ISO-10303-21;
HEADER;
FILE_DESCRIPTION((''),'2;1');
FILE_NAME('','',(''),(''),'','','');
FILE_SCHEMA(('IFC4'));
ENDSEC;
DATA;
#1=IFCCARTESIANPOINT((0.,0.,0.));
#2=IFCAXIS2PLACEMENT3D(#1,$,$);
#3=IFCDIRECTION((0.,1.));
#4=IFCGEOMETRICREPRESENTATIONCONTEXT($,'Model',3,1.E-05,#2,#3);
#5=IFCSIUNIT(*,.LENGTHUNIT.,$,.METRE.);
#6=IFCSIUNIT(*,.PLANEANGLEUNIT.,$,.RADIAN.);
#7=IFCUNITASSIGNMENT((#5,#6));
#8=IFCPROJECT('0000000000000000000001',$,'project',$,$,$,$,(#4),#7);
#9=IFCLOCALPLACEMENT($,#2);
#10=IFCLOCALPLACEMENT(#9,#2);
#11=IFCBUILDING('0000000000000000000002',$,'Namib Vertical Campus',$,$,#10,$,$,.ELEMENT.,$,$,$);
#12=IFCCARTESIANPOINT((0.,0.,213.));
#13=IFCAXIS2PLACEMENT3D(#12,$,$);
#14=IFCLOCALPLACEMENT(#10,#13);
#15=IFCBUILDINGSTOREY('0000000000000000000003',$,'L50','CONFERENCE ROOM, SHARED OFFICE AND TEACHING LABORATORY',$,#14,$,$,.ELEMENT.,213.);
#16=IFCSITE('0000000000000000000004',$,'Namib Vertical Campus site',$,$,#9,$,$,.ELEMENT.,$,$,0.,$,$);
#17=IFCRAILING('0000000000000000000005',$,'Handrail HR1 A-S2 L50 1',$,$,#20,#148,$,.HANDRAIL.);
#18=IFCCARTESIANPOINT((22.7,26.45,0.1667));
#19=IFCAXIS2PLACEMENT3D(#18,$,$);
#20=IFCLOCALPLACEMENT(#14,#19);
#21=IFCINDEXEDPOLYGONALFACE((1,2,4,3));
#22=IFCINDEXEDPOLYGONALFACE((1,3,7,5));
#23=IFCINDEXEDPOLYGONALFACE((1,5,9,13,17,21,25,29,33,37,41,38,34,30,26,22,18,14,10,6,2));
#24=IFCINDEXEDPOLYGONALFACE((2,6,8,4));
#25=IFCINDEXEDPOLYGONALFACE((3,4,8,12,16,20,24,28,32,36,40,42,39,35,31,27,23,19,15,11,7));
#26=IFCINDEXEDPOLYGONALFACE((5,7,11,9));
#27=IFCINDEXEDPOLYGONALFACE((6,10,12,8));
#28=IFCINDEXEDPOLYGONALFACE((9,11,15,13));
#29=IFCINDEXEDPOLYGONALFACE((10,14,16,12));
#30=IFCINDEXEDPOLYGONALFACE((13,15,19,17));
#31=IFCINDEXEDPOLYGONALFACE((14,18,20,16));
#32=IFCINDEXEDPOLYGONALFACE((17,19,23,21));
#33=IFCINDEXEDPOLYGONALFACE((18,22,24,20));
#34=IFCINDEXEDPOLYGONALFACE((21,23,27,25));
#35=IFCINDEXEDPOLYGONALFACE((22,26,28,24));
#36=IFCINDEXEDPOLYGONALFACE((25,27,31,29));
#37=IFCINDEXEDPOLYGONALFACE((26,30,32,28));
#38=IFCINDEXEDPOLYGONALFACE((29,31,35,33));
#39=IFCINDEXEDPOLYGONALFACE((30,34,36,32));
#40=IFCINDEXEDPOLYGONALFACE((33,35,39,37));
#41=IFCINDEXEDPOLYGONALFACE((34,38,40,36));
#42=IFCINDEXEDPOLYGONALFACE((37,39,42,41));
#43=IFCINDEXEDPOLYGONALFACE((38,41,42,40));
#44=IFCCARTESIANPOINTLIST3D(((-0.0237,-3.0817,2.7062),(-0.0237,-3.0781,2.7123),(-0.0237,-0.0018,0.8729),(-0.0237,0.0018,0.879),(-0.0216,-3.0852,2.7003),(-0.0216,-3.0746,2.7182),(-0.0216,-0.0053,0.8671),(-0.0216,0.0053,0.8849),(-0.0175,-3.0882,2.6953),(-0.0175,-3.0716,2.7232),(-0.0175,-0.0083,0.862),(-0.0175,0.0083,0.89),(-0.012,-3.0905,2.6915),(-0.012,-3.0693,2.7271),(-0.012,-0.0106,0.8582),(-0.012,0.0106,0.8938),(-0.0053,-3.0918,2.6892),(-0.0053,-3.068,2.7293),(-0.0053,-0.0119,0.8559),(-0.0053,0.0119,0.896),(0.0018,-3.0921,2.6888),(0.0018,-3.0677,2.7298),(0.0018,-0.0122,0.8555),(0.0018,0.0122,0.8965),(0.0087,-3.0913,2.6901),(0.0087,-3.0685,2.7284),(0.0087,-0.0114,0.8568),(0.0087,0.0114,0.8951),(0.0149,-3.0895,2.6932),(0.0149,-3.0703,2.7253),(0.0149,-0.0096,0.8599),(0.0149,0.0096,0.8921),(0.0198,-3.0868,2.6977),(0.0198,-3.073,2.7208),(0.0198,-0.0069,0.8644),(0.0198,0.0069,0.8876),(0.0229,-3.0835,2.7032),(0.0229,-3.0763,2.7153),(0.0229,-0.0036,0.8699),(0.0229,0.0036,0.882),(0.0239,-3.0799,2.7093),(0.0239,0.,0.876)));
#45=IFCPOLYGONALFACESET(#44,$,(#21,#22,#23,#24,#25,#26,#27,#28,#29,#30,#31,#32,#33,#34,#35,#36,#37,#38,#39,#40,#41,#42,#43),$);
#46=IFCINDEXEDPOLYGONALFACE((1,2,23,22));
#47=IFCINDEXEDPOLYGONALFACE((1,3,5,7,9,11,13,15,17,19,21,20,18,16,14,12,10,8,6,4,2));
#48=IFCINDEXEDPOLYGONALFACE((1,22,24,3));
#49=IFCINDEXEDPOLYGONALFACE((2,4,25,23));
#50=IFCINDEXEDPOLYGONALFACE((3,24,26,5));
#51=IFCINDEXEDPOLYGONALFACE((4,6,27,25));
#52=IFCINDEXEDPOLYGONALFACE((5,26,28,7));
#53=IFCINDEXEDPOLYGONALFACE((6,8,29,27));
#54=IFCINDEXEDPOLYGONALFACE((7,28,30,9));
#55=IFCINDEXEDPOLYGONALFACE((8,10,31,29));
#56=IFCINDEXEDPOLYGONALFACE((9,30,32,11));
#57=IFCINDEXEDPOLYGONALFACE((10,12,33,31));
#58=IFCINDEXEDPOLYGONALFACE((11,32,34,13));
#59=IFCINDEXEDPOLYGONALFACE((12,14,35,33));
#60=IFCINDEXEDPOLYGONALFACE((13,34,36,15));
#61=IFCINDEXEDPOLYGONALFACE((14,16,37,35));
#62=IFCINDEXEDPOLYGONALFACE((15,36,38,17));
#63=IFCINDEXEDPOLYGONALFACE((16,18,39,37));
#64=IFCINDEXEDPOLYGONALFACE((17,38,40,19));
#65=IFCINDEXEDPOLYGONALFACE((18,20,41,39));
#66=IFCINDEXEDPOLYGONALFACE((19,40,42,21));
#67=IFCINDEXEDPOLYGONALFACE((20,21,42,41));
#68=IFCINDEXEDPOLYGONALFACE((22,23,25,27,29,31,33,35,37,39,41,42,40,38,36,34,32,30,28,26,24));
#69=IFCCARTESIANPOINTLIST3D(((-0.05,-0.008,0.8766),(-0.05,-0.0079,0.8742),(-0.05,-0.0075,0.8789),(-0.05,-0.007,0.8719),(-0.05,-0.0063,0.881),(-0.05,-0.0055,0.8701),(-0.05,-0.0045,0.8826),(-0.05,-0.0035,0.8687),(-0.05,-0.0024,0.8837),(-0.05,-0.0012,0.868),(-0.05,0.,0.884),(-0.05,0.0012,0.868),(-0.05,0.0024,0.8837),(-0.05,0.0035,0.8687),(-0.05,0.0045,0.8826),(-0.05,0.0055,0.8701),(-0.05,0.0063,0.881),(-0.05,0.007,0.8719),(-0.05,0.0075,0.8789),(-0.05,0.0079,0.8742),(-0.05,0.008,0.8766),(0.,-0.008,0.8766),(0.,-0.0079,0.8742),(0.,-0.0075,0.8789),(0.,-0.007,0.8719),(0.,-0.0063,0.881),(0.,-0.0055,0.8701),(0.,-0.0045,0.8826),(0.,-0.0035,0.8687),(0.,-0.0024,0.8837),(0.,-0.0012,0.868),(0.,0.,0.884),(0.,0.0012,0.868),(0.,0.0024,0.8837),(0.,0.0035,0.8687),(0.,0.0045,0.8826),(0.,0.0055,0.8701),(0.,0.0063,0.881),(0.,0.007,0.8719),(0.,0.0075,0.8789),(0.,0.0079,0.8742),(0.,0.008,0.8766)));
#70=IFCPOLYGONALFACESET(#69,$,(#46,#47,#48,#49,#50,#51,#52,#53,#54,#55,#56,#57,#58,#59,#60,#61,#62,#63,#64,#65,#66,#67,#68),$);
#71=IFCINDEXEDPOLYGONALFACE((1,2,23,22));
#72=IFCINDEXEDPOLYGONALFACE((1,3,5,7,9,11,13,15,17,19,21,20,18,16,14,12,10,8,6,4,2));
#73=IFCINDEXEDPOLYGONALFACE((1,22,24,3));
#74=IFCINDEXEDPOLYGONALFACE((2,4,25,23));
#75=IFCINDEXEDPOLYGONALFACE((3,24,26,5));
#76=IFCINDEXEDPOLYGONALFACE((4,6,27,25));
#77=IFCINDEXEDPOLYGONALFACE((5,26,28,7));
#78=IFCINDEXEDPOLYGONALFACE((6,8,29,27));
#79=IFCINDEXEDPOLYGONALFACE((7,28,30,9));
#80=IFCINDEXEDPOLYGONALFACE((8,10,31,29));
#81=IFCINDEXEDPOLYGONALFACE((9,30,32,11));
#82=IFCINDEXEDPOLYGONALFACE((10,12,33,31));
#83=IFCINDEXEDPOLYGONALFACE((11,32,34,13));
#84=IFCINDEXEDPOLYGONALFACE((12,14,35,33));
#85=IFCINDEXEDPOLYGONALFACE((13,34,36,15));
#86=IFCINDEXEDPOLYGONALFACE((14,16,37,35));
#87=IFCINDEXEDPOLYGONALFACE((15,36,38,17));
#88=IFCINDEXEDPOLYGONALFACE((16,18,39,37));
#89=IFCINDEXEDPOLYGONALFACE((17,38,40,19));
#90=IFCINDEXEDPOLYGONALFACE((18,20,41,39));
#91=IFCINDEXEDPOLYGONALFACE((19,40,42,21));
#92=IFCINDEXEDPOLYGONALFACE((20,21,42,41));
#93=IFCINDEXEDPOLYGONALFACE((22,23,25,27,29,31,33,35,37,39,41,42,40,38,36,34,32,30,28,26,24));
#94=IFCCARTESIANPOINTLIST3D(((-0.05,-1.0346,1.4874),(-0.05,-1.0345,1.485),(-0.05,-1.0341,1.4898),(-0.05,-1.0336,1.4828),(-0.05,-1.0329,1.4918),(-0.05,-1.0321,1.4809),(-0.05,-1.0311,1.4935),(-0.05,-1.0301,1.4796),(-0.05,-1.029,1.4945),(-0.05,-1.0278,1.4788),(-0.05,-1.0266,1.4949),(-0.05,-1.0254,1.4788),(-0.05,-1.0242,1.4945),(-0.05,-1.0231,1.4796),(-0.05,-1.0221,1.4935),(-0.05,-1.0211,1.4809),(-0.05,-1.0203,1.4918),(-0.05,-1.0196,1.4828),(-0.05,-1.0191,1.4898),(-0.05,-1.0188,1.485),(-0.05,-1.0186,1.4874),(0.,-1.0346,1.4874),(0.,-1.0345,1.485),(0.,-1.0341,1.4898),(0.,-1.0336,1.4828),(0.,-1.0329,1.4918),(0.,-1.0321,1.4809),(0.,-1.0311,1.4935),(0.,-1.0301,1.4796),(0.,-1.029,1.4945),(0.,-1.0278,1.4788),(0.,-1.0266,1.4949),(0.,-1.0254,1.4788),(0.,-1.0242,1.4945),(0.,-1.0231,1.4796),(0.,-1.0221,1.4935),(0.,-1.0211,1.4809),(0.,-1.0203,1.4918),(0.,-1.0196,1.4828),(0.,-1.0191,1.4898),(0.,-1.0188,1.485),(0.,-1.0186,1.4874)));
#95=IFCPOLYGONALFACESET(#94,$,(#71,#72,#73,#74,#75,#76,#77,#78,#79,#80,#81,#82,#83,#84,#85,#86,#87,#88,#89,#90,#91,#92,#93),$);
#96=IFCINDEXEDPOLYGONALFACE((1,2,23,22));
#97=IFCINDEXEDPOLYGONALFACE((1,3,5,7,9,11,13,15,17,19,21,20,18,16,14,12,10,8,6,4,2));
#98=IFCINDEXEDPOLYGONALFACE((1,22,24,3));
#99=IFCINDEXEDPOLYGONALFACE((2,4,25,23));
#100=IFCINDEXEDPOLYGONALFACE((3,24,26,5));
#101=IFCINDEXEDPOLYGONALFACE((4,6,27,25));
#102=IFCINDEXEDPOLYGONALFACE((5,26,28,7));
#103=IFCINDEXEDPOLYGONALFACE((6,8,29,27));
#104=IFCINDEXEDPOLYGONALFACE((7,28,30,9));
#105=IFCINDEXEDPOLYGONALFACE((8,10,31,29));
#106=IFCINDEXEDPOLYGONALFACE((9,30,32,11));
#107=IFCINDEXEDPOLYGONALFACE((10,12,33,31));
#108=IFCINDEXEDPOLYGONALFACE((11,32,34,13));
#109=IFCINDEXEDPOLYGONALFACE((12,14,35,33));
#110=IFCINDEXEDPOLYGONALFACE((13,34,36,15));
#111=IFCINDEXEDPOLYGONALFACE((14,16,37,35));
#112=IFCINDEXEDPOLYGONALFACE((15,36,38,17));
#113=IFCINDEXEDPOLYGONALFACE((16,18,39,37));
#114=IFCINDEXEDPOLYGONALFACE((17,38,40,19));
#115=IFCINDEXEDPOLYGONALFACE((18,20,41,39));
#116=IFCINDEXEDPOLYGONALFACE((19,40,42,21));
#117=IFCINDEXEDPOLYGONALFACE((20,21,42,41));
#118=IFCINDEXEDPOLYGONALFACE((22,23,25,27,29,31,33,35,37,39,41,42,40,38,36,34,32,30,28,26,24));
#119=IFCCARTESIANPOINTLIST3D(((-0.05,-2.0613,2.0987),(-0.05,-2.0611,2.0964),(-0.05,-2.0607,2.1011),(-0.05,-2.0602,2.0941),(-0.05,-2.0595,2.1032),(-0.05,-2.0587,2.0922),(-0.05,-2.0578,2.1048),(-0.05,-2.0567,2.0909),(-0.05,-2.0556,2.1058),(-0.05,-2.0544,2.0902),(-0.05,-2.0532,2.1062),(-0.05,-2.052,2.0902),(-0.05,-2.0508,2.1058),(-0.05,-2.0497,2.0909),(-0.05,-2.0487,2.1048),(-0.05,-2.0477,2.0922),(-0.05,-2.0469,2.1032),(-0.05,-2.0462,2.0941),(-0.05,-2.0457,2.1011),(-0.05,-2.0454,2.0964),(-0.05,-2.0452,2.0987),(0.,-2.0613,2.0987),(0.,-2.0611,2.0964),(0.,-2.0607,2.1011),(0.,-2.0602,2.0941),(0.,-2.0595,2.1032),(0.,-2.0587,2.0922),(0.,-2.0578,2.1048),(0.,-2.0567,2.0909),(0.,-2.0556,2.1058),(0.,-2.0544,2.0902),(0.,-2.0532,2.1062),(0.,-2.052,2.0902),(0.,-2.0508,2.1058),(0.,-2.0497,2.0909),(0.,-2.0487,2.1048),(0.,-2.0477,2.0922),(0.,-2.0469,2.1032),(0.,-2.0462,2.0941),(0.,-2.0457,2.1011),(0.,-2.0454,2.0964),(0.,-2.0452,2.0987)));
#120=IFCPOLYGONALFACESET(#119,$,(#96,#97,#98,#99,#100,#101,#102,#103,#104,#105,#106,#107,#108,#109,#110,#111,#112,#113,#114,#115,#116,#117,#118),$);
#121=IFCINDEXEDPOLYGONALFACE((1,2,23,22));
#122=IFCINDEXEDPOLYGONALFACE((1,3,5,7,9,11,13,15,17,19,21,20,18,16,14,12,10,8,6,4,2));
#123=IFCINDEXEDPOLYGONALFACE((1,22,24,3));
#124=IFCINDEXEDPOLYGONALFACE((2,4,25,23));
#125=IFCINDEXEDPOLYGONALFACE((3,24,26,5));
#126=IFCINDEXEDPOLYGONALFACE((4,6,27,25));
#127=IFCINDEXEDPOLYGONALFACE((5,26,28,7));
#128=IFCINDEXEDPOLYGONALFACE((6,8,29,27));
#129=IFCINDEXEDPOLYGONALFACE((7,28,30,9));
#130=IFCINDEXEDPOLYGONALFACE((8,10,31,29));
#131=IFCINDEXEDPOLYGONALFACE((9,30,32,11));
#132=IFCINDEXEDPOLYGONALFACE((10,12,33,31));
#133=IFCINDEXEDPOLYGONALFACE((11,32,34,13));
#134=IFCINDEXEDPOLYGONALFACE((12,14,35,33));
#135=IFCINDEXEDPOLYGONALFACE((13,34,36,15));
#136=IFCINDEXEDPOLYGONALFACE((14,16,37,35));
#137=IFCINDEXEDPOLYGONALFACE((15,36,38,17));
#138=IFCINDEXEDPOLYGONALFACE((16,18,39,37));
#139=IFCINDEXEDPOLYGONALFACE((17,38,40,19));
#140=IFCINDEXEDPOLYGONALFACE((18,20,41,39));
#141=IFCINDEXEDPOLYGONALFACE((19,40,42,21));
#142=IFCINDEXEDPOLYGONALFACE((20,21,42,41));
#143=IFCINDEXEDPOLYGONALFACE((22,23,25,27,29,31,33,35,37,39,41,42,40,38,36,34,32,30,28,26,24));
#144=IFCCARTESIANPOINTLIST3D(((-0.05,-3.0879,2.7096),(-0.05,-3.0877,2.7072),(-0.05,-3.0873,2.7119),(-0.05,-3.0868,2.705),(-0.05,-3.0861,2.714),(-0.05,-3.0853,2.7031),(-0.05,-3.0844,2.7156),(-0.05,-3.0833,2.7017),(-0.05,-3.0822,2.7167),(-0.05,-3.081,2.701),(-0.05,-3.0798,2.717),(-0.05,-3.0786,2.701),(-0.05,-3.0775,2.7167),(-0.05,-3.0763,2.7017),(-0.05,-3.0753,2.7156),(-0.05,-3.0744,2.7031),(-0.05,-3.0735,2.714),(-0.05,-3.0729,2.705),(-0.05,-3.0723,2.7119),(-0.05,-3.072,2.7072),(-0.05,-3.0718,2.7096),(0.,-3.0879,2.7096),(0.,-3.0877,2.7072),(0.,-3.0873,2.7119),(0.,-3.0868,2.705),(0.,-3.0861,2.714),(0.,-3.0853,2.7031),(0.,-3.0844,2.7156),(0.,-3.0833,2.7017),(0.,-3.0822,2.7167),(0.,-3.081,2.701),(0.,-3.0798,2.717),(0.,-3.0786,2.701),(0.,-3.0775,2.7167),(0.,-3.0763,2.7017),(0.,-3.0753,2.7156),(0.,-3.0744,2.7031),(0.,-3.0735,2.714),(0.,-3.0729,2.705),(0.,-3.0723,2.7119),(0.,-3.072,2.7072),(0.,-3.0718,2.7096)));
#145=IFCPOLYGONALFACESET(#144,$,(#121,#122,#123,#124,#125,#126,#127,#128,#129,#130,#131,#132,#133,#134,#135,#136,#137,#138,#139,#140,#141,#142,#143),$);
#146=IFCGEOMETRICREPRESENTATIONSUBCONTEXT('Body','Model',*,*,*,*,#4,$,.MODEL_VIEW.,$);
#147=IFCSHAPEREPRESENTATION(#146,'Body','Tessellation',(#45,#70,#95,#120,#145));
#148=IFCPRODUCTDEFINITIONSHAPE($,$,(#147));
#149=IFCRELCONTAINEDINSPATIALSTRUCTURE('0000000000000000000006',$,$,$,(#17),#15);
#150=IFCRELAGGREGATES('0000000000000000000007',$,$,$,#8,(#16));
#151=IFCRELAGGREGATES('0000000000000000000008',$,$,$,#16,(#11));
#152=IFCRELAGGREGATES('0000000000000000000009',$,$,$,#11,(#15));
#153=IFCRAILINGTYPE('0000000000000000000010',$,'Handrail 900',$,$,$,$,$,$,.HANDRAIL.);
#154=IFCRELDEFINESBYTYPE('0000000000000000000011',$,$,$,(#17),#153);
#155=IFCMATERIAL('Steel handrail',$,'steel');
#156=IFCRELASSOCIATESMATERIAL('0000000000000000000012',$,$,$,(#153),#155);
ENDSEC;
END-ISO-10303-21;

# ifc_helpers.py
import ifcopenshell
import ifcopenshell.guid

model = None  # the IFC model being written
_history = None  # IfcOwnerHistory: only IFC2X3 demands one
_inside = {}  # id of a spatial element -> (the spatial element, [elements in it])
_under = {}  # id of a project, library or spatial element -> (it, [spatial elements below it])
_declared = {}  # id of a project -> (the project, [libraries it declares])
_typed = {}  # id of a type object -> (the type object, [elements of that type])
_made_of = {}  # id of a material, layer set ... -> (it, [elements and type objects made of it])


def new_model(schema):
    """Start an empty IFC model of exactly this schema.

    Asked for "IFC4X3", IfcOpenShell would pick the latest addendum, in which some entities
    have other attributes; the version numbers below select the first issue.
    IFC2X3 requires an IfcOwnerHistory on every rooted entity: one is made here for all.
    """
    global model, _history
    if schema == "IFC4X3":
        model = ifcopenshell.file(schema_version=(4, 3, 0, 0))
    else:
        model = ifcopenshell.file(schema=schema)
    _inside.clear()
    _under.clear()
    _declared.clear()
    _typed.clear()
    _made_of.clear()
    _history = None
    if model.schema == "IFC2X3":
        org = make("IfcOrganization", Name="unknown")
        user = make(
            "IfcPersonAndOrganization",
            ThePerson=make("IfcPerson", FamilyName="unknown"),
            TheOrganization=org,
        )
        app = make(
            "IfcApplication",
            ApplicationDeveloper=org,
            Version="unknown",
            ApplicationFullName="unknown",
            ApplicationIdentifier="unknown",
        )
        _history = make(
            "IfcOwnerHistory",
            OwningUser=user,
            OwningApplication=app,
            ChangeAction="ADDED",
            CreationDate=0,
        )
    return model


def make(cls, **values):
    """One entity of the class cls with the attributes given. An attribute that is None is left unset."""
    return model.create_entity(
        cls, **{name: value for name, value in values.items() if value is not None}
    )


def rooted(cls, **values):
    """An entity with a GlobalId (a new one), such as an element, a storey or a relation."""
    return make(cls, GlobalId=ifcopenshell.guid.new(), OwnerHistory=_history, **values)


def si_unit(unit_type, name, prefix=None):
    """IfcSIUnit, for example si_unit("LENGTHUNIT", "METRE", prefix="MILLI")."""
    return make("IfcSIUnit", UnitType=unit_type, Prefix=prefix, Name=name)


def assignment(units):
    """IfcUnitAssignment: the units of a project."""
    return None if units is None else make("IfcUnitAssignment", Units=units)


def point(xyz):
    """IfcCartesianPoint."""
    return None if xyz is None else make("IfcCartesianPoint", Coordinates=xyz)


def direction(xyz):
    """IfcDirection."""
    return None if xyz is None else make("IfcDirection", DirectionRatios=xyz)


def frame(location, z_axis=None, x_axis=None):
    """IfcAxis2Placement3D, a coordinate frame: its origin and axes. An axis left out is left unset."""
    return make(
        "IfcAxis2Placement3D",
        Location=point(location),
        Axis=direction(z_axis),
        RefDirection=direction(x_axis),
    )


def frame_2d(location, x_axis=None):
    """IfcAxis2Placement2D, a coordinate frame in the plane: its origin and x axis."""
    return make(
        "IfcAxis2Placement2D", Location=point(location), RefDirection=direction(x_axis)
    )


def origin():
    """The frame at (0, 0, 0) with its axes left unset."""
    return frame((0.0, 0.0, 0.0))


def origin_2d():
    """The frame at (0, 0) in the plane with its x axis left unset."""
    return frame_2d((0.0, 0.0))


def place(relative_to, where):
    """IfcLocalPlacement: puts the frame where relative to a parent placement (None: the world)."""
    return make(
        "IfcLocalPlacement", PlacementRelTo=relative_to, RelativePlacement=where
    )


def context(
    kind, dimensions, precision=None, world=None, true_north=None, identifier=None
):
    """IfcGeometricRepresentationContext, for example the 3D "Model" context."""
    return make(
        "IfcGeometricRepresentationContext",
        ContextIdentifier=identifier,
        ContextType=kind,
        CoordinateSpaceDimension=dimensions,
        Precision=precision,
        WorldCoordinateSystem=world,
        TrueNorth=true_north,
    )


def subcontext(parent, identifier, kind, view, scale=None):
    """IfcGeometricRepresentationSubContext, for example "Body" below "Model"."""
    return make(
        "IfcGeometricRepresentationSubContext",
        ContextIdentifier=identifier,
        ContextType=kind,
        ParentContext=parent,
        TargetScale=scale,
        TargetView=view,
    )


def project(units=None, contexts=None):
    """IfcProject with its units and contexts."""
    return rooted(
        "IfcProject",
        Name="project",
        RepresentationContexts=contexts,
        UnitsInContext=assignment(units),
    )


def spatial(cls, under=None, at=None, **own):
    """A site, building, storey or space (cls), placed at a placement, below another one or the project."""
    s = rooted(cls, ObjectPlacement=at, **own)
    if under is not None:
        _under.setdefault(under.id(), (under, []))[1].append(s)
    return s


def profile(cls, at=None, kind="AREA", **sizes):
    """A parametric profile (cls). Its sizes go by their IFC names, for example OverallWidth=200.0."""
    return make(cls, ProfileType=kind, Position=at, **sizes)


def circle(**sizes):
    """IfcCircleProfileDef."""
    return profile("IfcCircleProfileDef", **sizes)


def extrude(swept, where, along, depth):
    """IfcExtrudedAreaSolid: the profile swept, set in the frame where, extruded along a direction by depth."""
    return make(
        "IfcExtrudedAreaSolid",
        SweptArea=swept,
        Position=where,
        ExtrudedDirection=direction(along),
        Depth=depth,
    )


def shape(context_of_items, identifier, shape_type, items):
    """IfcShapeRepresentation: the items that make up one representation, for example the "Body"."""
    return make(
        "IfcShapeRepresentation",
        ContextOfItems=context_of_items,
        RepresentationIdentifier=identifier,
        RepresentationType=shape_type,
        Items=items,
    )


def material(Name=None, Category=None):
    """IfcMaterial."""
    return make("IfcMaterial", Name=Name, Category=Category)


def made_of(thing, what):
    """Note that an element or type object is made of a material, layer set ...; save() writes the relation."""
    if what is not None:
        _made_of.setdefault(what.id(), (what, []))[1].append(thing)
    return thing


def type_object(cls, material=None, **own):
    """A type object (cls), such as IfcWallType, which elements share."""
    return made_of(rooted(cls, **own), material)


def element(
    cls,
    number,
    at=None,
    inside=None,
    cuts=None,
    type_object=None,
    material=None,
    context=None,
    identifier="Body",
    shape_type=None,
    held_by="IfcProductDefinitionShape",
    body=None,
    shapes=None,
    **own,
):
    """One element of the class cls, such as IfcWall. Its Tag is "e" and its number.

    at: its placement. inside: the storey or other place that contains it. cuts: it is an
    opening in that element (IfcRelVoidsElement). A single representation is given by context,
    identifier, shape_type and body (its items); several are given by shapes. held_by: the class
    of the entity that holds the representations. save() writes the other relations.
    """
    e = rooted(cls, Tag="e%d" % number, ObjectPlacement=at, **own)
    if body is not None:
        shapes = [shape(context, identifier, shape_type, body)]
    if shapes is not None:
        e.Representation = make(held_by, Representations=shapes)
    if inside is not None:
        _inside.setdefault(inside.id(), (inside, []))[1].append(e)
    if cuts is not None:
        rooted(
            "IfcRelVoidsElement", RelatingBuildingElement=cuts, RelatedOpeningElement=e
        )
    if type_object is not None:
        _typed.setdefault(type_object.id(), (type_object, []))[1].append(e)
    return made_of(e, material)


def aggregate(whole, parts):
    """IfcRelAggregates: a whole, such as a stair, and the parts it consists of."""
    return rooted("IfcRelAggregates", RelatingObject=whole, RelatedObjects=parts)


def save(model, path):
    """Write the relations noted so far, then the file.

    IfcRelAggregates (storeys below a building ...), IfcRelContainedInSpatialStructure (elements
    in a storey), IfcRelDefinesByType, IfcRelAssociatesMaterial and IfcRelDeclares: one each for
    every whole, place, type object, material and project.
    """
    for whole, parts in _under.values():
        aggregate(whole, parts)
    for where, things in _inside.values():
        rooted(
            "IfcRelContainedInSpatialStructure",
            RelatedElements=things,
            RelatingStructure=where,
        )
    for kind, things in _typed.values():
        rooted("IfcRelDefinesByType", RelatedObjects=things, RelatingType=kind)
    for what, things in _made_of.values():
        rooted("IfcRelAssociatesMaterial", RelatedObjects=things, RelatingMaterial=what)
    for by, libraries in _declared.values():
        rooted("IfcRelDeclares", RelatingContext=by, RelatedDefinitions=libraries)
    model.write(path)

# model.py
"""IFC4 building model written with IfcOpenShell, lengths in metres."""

from ifc_helpers import new_model, si_unit, direction, frame, origin, origin_2d, place, context, subcontext, project, spatial, circle, extrude, material, type_object, element, save


model = new_model("IFC4")

# Units and contexts
model_context = context("Model", 3, precision=1e-05, world=origin(), true_north=direction((0.0, 1.0)))
body_context = subcontext(model_context, "Body", "Model", "MODEL_VIEW")
ifc_project = project(units=[si_unit("LENGTHUNIT", "METRE"), si_unit("PLANEANGLEUNIT", "RADIAN")], contexts=[model_context])

# Site, building, storey
site_placement = place(None, origin())
site = spatial("IfcSite", under=ifc_project, at=site_placement, Name="Namib Vertical Campus site", CompositionType="ELEMENT", RefElevation=0.0)
building_placement = place(site_placement, origin())
building = spatial("IfcBuilding", under=site, at=building_placement, Name="Namib Vertical Campus", CompositionType="ELEMENT")
storey_placement = place(building_placement, frame((0.0, 0.0, 213.0)))
storey = spatial("IfcBuildingStorey", under=building, at=storey_placement, Name="L50", Description="CONFERENCE ROOM, SHARED OFFICE AND TEACHING LABORATORY", CompositionType="ELEMENT", Elevation=213.0)

# Railing
ifc_material_1 = material(Name="Steel handrail", Category="steel")
railing_type_1 = type_object("IfcRailingType", Name="Handrail 900", PredefinedType="HANDRAIL", material=ifc_material_1)
railing_1_placement = place(storey_placement, frame((22.7, 26.45, 0.1667)))
element("IfcRailing", 1, at=railing_1_placement, inside=storey, type_object=railing_type_1, Name="Handrail HR1 A-S2 L50 1", PredefinedType="HANDRAIL", context=body_context, shape_type="SweptSolid", body=[
    extrude(circle(Radius=0.0239, at=origin_2d()), frame((0.0, 0.0, 0.876), z_axis=(0.0, -0.859291, 0.511487), x_axis=(1.0, 0.0, 0.0)), (0.0, 0.0, 1.0), 3.5842),
    extrude(circle(Radius=0.0081, at=origin_2d()), frame((0.0, 0.0, 0.876), z_axis=(-1.0, 0.0, 0.0), x_axis=(0.0, 0.0, 1.0)), (0.0, 0.0, 1.0), 0.05),
    extrude(circle(Radius=0.0081, at=origin_2d()), frame((0.0, -1.0266, 1.4868), z_axis=(-1.0, 0.0, 0.0), x_axis=(0.0, 0.0, 1.0)), (0.0, 0.0, 1.0), 0.05),
    extrude(circle(Radius=0.0081, at=origin_2d()), frame((0.0, -2.0532, 2.0981), z_axis=(-1.0, 0.0, 0.0), x_axis=(0.0, 0.0, 1.0)), (0.0, 0.0, 1.0), 0.05),
    extrude(circle(Radius=0.0081, at=origin_2d()), frame((0.0, -3.0798, 2.709), z_axis=(-1.0, 0.0, 0.0), x_axis=(0.0, 0.0, 1.0)), (0.0, 0.0, 1.0), 0.05),
])

save(model, "model.ifc")
